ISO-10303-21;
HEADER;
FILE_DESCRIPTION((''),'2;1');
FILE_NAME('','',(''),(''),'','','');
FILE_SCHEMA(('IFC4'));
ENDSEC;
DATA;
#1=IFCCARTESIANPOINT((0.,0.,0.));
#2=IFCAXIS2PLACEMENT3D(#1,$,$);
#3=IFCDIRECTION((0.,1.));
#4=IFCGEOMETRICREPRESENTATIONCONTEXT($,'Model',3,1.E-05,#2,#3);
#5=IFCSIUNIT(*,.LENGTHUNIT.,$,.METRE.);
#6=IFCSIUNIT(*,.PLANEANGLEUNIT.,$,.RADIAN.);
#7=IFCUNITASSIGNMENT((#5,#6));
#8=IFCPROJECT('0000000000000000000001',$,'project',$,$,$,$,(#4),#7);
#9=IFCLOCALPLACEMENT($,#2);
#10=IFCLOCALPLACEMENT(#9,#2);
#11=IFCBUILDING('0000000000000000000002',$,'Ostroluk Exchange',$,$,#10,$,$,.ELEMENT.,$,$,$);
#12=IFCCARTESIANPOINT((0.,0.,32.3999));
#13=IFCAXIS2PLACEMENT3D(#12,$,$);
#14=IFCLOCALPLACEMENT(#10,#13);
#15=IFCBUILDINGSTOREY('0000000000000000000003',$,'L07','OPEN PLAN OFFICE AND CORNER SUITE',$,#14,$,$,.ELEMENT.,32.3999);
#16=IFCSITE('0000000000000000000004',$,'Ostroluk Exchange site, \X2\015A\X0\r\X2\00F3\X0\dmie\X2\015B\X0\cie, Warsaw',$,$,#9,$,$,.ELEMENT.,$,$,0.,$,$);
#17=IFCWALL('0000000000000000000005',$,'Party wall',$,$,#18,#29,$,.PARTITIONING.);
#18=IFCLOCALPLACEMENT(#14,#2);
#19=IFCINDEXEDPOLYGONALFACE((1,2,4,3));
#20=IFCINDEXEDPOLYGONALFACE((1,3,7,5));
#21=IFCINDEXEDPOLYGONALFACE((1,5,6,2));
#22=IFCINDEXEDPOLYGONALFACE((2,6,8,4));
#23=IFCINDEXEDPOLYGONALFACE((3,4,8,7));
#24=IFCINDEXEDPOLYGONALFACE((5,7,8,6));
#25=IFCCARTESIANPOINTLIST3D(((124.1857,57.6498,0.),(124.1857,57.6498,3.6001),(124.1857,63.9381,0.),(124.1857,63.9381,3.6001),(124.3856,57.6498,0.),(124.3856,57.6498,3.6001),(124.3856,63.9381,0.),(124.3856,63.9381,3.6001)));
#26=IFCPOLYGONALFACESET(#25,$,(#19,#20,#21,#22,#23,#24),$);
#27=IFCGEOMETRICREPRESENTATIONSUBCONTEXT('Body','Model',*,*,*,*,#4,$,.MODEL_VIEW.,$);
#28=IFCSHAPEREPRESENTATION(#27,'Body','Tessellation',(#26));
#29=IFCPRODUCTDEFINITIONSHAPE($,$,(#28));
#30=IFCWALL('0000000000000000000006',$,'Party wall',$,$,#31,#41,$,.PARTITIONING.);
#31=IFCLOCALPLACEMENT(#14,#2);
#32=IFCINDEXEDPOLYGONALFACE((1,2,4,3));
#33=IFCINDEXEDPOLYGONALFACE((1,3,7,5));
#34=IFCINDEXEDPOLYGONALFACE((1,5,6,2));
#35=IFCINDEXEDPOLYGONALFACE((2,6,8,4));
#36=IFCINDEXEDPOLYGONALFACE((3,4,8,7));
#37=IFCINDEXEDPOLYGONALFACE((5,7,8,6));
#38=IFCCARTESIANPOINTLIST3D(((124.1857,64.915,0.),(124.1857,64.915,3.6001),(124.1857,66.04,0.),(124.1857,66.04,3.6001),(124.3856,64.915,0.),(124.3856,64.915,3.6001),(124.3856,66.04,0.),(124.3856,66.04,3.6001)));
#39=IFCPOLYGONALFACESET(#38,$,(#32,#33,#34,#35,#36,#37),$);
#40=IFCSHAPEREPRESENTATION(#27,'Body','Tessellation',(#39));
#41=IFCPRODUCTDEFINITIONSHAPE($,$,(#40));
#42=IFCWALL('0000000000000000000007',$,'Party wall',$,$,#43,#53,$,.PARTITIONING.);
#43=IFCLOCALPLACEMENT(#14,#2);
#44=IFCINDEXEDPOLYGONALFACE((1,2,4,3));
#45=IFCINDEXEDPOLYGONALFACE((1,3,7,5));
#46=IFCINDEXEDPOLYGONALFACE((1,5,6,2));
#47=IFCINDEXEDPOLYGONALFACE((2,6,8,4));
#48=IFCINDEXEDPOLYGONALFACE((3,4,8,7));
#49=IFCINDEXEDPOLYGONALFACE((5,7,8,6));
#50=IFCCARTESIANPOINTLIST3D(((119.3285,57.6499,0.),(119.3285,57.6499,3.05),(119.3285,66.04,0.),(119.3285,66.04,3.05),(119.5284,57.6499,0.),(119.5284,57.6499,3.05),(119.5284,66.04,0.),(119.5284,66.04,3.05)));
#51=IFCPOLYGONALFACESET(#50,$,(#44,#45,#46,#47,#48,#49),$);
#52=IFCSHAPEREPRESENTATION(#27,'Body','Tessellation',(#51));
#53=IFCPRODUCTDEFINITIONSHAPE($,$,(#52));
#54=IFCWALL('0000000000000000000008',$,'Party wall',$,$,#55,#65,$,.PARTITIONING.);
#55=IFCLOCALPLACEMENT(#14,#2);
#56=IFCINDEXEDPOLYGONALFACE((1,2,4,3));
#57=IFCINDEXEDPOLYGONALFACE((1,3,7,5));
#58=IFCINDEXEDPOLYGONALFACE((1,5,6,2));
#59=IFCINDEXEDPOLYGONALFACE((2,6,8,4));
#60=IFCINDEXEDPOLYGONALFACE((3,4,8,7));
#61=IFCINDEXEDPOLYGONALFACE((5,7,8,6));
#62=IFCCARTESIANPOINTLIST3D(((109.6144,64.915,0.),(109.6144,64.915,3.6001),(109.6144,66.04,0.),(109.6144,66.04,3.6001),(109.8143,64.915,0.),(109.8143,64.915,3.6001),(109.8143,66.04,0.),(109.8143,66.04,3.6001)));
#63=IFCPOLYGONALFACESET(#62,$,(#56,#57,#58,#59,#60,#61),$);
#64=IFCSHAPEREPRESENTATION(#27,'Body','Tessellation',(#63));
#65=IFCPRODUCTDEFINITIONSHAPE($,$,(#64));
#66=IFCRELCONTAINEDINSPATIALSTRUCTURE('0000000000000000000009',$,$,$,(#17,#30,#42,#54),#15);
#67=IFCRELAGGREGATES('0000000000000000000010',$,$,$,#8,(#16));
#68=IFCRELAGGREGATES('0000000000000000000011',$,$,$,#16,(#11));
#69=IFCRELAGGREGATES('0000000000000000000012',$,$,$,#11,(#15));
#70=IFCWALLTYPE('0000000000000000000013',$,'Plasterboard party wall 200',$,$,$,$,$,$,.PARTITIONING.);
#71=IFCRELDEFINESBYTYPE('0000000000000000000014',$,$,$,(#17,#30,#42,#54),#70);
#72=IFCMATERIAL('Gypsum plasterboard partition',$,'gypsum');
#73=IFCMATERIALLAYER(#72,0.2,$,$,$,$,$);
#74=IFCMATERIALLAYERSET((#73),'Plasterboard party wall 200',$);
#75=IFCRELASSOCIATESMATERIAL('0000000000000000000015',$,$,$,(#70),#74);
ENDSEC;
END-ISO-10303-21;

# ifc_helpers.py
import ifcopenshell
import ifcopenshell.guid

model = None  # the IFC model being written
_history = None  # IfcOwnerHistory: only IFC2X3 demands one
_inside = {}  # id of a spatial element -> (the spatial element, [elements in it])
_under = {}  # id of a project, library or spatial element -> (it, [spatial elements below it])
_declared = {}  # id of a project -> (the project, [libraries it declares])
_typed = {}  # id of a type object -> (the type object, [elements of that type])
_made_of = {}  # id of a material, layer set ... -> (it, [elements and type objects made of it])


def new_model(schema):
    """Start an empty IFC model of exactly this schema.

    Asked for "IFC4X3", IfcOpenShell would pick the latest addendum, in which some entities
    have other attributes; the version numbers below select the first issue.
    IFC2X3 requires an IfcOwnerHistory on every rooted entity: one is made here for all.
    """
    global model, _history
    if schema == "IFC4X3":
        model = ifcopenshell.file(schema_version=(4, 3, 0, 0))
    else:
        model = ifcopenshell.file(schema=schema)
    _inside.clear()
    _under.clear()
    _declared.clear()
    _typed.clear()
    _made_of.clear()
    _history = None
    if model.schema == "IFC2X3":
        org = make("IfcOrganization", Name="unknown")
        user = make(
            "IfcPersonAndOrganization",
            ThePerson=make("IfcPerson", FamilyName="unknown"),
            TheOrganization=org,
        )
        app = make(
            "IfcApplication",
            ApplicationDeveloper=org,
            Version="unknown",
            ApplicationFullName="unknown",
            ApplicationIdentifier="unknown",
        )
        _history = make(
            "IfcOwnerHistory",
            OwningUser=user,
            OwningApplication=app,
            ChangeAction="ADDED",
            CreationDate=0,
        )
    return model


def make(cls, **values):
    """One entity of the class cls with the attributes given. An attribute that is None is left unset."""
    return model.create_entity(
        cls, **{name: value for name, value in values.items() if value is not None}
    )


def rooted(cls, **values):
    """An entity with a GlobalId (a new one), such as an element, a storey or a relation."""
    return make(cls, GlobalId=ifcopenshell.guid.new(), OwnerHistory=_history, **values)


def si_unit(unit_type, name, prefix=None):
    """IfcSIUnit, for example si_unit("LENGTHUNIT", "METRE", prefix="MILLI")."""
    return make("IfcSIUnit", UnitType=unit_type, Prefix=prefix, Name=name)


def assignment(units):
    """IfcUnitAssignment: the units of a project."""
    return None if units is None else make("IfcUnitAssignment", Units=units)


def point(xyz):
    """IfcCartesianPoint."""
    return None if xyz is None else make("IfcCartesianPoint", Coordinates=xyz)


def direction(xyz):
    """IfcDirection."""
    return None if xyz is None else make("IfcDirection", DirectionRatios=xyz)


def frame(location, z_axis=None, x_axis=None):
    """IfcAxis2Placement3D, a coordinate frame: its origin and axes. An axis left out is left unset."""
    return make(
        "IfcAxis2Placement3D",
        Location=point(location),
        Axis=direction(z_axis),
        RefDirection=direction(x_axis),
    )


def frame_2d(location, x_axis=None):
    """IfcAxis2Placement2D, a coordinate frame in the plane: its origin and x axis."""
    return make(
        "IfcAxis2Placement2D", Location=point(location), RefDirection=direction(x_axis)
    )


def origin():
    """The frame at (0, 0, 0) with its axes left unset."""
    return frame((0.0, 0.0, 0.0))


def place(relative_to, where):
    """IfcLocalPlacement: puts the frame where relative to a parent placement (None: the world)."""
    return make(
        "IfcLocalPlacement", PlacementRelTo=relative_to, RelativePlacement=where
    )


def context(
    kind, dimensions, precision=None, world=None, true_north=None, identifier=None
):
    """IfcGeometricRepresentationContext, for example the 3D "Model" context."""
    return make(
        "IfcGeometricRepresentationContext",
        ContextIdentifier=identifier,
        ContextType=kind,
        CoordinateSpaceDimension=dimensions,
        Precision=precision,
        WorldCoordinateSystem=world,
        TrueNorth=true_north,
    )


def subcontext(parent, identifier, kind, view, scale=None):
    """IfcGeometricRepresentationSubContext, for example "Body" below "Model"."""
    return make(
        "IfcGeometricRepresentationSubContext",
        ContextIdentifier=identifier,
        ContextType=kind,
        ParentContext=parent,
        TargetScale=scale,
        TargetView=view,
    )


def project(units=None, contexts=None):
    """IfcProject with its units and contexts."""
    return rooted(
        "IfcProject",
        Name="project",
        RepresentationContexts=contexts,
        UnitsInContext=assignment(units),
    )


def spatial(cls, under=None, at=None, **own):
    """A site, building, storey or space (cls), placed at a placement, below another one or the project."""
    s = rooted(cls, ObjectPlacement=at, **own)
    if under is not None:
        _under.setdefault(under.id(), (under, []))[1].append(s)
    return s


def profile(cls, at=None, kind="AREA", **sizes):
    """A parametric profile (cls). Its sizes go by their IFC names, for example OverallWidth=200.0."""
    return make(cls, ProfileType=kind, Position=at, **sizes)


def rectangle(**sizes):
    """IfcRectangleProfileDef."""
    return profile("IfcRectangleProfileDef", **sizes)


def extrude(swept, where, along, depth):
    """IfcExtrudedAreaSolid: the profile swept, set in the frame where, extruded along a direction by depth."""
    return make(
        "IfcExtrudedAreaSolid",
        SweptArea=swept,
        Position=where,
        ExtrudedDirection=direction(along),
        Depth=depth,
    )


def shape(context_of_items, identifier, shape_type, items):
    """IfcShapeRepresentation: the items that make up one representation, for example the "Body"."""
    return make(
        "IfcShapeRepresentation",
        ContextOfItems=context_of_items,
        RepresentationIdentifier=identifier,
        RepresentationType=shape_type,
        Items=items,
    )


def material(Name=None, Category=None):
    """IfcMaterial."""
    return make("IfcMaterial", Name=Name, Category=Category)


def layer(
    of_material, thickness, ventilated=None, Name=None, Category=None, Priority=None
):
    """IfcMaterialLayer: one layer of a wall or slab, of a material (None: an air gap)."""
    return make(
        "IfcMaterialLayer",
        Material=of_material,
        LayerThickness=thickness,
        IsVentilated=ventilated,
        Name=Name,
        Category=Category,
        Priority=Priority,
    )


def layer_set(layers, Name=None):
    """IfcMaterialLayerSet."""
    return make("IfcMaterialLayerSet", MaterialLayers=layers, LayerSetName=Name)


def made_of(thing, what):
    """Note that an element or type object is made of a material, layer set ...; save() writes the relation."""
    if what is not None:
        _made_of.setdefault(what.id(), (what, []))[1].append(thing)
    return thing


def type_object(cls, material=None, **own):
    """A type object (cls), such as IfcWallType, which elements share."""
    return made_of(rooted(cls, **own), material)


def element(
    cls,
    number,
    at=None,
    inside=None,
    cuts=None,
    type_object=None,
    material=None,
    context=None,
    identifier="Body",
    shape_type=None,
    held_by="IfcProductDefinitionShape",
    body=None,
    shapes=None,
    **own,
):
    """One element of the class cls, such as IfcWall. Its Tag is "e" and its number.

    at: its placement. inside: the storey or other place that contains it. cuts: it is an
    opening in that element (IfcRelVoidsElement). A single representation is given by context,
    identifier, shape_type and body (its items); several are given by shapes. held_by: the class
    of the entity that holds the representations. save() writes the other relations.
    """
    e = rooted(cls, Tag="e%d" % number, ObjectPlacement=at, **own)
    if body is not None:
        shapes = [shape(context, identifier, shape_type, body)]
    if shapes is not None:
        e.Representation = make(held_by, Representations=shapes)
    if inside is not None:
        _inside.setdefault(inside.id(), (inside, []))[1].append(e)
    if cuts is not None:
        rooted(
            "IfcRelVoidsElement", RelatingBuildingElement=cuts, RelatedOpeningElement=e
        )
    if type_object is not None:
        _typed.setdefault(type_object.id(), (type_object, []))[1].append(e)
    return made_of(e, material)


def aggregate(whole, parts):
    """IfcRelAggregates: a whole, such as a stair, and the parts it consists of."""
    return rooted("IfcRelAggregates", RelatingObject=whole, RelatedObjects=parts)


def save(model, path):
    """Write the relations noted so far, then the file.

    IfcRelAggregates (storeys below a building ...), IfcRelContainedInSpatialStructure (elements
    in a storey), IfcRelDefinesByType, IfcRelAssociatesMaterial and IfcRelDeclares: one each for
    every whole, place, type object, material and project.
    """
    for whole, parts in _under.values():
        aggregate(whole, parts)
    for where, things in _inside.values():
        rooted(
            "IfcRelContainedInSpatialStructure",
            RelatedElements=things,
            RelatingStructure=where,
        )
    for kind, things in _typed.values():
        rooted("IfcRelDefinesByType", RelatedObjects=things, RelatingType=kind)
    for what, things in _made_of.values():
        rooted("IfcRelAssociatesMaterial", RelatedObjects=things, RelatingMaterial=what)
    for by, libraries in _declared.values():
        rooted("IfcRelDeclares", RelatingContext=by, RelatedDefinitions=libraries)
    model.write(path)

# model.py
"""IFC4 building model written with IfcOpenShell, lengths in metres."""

from ifc_helpers import new_model, si_unit, direction, frame, frame_2d, origin, place, context, subcontext, project, spatial, rectangle, extrude, material, layer, layer_set, type_object, element, save


model = new_model("IFC4")

# Units and contexts
model_context = context("Model", 3, precision=1e-05, world=origin(), true_north=direction((0.0, 1.0)))
body_context = subcontext(model_context, "Body", "Model", "MODEL_VIEW")
ifc_project = project(units=[si_unit("LENGTHUNIT", "METRE"), si_unit("PLANEANGLEUNIT", "RADIAN")], contexts=[model_context])

# Site, building, storey
site_placement = place(None, origin())
site = spatial("IfcSite", under=ifc_project, at=site_placement, Name="Ostroluk Exchange site, Śródmieście, Warsaw", CompositionType="ELEMENT", RefElevation=0.0)
building_placement = place(site_placement, origin())
building = spatial("IfcBuilding", under=site, at=building_placement, Name="Ostroluk Exchange", CompositionType="ELEMENT")
storey_placement = place(building_placement, frame((0.0, 0.0, 32.3999)))
storey = spatial("IfcBuildingStorey", under=building, at=storey_placement, Name="L07", Description="OPEN PLAN OFFICE AND CORNER SUITE", CompositionType="ELEMENT", Elevation=32.3999)

# Walls
ifc_material_1 = material(Name="Gypsum plasterboard partition", Category="gypsum")
ifc_layer_1 = layer(ifc_material_1, 0.2)
ifc_layer_set_1 = layer_set([ifc_layer_1], Name="Plasterboard party wall 200")
wall_type_1 = type_object("IfcWallType", Name="Plasterboard party wall 200", PredefinedType="PARTITIONING", material=ifc_layer_set_1)
wall_1_placement = place(storey_placement, frame((124.2856, 57.6499, 0.0), z_axis=(0.0, 0.0, 1.0), x_axis=(0.0, 1.0, 0.0)))
element("IfcWall", 1, at=wall_1_placement, inside=storey, type_object=wall_type_1, Name="Party wall", PredefinedType="PARTITIONING", context=body_context, shape_type="SweptSolid", body=[
    extrude(rectangle(XDim=6.2883, YDim=0.2, at=frame_2d((3.144, 0.0))), origin(), (0.0, 0.0, 1.0), 3.6001),
])
wall_2_placement = place(storey_placement, frame((124.2856, 64.915, 0.0), z_axis=(0.0, 0.0, 1.0), x_axis=(0.0, 1.0, 0.0)))
element("IfcWall", 2, at=wall_2_placement, inside=storey, type_object=wall_type_1, Name="Party wall", PredefinedType="PARTITIONING", context=body_context, shape_type="SweptSolid", body=[
    extrude(rectangle(XDim=1.125, YDim=0.2, at=frame_2d((0.5625, 0.0))), origin(), (0.0, 0.0, 1.0), 3.6001),
])
wall_3_placement = place(storey_placement, frame((119.4285, 57.6499, 0.0), z_axis=(0.0, 0.0, 1.0), x_axis=(0.0, 1.0, 0.0)))
element("IfcWall", 3, at=wall_3_placement, inside=storey, type_object=wall_type_1, Name="Party wall", PredefinedType="PARTITIONING", context=body_context, shape_type="SweptSolid", body=[
    extrude(rectangle(XDim=8.3901, YDim=0.2, at=frame_2d((4.1951, 0.0))), origin(), (0.0, 0.0, 1.0), 3.05),
])
wall_4_placement = place(storey_placement, frame((109.7144, 64.915, 0.0), z_axis=(0.0, 0.0, 1.0), x_axis=(0.0, 1.0, 0.0)))
element("IfcWall", 4, at=wall_4_placement, inside=storey, type_object=wall_type_1, Name="Party wall", PredefinedType="PARTITIONING", context=body_context, shape_type="SweptSolid", body=[
    extrude(rectangle(XDim=1.125, YDim=0.2, at=frame_2d((0.5625, 0.0))), origin(), (0.0, 0.0, 1.0), 3.6001),
])

save(model, "model.ifc")
